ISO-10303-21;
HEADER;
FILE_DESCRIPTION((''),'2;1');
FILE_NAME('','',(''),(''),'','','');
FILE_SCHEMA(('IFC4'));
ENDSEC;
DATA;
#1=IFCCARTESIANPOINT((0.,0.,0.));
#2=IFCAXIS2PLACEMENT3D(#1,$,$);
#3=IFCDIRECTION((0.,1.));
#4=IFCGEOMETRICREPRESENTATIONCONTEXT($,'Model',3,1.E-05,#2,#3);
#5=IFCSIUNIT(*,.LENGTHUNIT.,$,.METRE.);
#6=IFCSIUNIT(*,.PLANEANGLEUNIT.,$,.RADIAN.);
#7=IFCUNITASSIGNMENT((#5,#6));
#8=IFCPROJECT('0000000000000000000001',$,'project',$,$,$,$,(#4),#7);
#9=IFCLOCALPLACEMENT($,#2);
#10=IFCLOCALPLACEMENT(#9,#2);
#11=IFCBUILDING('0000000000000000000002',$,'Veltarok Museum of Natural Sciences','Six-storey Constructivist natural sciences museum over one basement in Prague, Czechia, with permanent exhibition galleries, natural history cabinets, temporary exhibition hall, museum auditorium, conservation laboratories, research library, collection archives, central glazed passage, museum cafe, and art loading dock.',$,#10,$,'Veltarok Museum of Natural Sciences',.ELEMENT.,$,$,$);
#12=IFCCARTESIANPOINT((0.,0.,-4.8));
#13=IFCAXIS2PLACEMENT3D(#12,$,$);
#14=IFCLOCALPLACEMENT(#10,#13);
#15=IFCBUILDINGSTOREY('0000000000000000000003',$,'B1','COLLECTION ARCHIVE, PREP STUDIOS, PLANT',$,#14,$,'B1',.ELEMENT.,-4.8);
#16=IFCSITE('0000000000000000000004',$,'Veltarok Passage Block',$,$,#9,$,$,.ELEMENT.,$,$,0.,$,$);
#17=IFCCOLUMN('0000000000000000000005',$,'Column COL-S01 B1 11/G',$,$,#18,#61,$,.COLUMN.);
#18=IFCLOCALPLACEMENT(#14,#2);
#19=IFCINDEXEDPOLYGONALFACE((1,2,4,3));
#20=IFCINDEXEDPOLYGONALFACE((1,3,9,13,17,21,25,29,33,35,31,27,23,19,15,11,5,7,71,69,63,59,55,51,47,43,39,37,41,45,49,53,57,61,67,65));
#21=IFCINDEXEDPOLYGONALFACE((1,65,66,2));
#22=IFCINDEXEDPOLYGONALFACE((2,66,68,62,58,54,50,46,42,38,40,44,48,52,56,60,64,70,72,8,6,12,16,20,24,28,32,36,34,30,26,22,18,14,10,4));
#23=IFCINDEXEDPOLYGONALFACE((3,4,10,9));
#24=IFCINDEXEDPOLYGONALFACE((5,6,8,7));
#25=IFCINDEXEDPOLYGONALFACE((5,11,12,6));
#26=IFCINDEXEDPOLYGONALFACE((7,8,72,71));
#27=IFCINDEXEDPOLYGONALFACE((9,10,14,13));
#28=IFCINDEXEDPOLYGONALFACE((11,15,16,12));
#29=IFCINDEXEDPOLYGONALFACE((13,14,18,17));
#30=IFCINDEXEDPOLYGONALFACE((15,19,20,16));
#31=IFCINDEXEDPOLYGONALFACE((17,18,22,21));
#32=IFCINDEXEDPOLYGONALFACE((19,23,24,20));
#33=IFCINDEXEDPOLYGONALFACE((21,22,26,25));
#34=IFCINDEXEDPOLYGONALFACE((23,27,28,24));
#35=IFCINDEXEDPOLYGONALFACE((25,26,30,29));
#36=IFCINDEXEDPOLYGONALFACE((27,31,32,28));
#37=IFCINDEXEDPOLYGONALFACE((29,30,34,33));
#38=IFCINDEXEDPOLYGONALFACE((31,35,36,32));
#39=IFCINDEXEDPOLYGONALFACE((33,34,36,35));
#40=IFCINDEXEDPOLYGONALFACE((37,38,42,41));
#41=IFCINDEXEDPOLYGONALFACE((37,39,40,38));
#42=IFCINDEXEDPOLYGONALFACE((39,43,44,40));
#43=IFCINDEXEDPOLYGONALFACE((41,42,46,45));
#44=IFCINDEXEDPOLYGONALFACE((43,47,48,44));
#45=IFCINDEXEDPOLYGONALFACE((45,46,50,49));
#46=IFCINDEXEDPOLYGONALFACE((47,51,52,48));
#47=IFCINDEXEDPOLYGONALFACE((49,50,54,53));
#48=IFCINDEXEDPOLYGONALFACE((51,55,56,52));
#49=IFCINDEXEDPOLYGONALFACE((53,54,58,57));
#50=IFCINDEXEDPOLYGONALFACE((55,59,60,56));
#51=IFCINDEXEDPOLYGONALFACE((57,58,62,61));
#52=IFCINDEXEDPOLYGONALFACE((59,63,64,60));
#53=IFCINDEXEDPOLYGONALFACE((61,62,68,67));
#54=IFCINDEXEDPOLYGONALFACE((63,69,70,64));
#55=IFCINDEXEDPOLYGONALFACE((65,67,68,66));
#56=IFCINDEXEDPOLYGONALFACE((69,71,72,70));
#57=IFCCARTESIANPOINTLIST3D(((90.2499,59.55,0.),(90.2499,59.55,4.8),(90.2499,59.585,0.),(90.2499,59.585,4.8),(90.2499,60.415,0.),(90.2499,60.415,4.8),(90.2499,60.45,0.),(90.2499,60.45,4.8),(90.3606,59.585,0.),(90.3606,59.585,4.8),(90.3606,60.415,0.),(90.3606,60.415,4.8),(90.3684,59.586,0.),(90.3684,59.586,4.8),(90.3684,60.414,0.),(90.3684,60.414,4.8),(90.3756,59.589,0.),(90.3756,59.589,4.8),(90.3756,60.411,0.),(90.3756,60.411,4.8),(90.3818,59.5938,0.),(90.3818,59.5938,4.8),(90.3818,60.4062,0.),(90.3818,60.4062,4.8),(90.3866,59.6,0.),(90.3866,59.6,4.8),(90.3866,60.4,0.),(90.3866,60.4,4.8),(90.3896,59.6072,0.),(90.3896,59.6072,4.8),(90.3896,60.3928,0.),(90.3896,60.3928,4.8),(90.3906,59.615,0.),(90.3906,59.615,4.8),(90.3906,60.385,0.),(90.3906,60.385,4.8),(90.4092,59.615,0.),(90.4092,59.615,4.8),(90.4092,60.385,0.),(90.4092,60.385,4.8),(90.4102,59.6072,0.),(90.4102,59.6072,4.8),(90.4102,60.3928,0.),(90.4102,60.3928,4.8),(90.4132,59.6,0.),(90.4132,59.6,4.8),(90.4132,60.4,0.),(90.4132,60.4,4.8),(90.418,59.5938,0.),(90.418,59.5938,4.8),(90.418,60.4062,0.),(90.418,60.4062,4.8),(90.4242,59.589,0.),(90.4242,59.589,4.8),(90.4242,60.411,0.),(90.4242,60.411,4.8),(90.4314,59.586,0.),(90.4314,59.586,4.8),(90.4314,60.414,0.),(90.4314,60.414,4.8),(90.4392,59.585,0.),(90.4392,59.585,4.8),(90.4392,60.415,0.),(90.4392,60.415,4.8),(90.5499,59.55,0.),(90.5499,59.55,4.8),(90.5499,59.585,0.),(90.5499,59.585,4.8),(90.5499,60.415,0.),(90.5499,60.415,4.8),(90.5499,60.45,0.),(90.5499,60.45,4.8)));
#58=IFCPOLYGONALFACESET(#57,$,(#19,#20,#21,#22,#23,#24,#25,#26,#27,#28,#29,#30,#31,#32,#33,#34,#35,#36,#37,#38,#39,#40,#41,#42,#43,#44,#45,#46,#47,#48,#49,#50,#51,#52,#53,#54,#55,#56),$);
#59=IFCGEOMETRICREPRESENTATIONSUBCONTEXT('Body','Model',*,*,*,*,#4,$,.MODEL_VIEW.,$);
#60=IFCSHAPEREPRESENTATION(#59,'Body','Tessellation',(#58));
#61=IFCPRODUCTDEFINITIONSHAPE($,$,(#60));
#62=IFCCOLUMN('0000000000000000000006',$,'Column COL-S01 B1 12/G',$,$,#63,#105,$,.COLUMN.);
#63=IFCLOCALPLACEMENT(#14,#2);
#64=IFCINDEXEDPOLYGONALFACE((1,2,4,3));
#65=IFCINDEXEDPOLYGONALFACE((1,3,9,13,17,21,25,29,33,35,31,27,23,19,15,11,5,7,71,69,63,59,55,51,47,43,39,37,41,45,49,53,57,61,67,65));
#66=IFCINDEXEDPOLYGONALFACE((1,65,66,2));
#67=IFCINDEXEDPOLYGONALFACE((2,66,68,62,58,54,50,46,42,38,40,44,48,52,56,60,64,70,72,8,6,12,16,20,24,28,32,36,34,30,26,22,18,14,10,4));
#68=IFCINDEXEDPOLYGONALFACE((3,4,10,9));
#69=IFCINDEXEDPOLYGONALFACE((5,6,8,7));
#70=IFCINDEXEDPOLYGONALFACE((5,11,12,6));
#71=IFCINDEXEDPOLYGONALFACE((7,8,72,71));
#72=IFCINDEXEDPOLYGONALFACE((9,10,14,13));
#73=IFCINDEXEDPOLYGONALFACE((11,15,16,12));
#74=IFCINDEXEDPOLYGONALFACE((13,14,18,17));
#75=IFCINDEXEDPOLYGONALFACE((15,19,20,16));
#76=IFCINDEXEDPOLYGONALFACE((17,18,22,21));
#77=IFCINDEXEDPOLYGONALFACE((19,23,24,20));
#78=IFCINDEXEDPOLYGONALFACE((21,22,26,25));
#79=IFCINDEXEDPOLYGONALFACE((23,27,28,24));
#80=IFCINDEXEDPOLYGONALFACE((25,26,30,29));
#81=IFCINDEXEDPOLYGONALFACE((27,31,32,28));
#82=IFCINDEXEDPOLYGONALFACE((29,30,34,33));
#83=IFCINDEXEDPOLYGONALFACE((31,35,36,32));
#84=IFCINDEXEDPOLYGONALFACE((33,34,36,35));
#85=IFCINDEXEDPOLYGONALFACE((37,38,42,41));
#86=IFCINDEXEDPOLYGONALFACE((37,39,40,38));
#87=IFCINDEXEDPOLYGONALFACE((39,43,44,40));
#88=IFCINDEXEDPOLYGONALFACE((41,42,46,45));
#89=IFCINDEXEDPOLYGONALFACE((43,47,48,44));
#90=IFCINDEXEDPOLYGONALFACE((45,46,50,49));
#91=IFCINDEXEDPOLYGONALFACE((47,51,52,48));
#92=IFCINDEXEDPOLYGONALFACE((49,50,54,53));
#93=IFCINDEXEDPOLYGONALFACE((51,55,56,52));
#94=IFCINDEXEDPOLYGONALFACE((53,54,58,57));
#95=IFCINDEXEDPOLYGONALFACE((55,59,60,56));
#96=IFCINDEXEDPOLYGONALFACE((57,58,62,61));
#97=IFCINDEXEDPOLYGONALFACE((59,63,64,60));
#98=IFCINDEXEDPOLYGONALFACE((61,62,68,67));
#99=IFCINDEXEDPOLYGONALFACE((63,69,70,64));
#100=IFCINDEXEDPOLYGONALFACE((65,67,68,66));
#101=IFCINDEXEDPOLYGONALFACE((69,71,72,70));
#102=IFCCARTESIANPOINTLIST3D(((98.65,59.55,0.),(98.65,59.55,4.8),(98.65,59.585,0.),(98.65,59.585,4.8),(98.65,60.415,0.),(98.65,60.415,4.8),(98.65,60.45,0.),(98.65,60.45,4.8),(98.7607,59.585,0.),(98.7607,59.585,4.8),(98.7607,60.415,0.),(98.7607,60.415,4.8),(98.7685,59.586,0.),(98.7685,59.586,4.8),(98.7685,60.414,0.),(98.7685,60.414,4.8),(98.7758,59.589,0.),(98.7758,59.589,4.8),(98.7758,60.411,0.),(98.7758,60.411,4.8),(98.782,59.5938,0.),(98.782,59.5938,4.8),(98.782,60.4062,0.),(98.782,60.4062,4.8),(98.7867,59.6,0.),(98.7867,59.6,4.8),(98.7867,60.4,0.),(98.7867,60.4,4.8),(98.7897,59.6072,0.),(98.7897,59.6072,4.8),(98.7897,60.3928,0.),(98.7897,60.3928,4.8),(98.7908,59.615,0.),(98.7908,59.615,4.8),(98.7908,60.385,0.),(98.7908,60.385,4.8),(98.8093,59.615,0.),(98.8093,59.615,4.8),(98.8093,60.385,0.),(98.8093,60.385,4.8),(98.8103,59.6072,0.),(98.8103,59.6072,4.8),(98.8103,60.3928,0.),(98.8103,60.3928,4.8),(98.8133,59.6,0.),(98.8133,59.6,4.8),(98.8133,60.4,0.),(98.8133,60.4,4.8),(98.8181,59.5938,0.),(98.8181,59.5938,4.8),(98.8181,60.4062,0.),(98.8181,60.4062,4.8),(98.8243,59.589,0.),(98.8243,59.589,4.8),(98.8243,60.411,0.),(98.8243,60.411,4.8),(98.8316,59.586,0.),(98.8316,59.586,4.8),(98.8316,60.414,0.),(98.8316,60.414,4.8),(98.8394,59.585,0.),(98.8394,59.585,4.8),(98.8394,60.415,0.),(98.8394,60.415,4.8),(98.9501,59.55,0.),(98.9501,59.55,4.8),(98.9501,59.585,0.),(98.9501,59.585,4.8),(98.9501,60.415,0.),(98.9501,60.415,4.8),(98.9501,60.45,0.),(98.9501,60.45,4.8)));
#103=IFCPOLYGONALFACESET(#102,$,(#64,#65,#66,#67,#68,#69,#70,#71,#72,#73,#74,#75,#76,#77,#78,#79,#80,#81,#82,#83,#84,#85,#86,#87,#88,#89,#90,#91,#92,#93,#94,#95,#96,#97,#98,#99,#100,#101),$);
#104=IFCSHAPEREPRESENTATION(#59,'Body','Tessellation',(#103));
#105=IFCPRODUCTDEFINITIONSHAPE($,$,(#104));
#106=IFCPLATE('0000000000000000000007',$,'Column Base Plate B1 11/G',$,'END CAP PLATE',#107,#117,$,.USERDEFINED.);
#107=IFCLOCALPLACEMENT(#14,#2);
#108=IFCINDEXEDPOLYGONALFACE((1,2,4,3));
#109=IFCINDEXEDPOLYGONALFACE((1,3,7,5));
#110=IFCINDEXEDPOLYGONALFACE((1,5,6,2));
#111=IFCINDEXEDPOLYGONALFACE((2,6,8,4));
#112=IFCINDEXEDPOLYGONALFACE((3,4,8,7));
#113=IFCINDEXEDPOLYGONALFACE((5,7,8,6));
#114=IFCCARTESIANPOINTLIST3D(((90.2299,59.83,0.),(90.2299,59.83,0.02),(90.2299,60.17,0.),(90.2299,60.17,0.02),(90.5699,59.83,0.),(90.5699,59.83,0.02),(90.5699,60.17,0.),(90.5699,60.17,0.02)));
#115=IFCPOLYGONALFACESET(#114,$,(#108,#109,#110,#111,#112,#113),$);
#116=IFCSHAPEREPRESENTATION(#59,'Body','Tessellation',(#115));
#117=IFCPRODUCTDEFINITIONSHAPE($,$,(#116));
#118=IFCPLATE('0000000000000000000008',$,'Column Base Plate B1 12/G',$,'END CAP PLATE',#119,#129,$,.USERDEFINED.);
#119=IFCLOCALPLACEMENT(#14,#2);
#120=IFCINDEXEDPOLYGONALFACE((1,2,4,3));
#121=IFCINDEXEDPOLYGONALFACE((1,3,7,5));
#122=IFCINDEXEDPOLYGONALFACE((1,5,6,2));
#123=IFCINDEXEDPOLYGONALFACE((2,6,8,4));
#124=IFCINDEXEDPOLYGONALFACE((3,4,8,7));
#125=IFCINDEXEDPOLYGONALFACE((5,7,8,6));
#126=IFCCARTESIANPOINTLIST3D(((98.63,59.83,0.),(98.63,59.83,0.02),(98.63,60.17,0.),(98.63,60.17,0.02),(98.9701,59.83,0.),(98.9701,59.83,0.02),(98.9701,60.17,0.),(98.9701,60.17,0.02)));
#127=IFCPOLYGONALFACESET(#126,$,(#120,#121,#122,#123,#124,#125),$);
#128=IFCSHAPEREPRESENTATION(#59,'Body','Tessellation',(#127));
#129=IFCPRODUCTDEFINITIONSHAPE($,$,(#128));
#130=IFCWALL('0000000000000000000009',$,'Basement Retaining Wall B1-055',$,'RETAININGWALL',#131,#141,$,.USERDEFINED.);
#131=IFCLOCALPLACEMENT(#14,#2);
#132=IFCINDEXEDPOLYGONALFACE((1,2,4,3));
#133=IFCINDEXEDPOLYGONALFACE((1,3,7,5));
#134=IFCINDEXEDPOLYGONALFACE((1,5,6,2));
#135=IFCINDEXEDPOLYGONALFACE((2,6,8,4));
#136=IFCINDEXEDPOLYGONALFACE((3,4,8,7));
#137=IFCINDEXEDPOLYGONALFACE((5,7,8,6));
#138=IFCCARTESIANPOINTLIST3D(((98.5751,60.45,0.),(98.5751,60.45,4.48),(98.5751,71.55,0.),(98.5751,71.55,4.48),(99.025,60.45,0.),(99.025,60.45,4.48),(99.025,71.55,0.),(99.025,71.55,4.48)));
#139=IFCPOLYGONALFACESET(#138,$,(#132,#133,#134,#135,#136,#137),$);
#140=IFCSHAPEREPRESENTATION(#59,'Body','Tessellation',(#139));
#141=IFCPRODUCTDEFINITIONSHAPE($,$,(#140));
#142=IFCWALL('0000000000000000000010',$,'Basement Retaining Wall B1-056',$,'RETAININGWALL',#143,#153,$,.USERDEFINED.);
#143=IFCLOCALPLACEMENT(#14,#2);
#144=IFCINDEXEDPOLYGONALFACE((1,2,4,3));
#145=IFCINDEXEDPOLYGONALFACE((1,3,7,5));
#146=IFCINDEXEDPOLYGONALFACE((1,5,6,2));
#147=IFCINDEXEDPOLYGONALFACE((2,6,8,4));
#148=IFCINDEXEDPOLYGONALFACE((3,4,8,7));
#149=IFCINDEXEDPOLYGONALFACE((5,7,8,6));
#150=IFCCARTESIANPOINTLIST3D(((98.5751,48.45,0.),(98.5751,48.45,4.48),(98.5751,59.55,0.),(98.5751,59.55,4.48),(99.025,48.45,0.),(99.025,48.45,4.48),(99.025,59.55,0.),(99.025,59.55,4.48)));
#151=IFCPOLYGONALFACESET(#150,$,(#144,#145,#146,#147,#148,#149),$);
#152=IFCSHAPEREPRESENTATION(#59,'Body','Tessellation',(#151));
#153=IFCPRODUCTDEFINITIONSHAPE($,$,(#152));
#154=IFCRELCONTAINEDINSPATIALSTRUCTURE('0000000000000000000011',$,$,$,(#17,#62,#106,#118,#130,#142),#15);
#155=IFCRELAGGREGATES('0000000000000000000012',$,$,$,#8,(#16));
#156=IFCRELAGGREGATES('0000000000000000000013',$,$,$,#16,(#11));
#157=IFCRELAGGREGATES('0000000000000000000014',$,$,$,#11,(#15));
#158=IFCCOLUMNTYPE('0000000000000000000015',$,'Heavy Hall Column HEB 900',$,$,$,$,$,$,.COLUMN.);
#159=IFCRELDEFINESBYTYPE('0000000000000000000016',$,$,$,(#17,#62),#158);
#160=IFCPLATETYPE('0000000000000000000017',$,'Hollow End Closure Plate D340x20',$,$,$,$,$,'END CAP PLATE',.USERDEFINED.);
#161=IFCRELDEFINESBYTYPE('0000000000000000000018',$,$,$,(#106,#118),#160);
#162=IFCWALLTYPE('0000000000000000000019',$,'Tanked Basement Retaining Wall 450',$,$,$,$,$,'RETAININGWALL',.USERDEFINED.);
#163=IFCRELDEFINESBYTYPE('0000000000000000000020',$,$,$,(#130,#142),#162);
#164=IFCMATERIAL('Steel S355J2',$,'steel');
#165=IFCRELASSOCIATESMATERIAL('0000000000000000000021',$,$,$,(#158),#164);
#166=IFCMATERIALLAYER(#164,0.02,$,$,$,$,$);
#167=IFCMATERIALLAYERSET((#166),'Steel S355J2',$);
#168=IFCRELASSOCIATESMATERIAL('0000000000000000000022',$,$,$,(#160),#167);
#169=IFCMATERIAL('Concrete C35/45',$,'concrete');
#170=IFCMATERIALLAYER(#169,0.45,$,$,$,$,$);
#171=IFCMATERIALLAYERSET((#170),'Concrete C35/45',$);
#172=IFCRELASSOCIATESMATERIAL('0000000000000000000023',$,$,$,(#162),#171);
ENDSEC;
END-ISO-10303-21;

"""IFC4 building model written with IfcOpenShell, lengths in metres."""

from ifc_helpers import new_model, si_unit, direction, frame, frame_2d, origin, origin_2d, place, context, subcontext, project, spatial, rectangle, i_section, extrude, material, layer, layer_set, material_profile, profile_set, type_object, element, save


model = new_model("IFC4")

# Units and contexts
model_context = context("Model", 3, precision=1e-05, world=origin(), true_north=direction((0.0, 1.0)))
body_context = subcontext(model_context, "Body", "Model", "MODEL_VIEW")
ifc_project = project(units=[si_unit("LENGTHUNIT", "METRE"), si_unit("PLANEANGLEUNIT", "RADIAN")], contexts=[model_context])

# Site, building, storey
site_placement = place(None, origin())
site = spatial("IfcSite", under=ifc_project, at=site_placement, Name="Veltarok Passage Block", CompositionType="ELEMENT", RefElevation=0.0)
building_placement = place(site_placement, origin())
building = spatial("IfcBuilding", under=site, at=building_placement, Name="Veltarok Museum of Natural Sciences", Description="Six-storey Constructivist natural sciences museum over one basement in Prague, Czechia, with permanent exhibition galleries, natural history cabinets, temporary exhibition hall, museum auditorium, conservation laboratories, research library, collection archives, central glazed passage, museum cafe, and art loading dock.", LongName="Veltarok Museum of Natural Sciences", CompositionType="ELEMENT")
storey_placement = place(building_placement, frame((0.0, 0.0, -4.8)))
storey = spatial("IfcBuildingStorey", under=building, at=storey_placement, Name="B1", Description="COLLECTION ARCHIVE, PREP STUDIOS, PLANT", LongName="B1", CompositionType="ELEMENT", Elevation=-4.8)

# Shared definitions
ifc_material_1 = material(Name="Concrete C35/45", Category="concrete")

# Columns
ifc_material_2 = material(Name="Steel S355J2", Category="steel")
ifc_material_profile_1 = material_profile(ifc_material_2, i_section(OverallWidth=0.3, OverallDepth=0.8999, WebThickness=0.0186, FlangeThickness=0.0349, FilletRadius=0.03, at=origin_2d()), Name="HEB 900")
ifc_profile_set_1 = profile_set([ifc_material_profile_1], Name="Steel S355J2")
column_type = type_object("IfcColumnType", Name="Heavy Hall Column HEB 900", PredefinedType="COLUMN", material=ifc_profile_set_1)
for number, where, z_axis, x_axis, name in (
    (1, (90.3999, 60.0, 0.0), (0.0, 0.0, 1.0), (1.0, 0.0, 0.0), "Column COL-S01 B1 11/G"),
    (2, (98.8, 60.0, 0.0), (0.0, 0.0, 1.0), (1.0, 0.0, 0.0), "Column COL-S01 B1 12/G"),
):
    element("IfcColumn", number, at=place(storey_placement, frame(where, z_axis=z_axis, x_axis=x_axis)), inside=storey, type_object=column_type, Name=name, PredefinedType="COLUMN", context=body_context, shape_type="SweptSolid", body=[
        extrude(i_section(OverallWidth=0.3, OverallDepth=0.8999, WebThickness=0.0186, FlangeThickness=0.0349, FilletRadius=0.03, at=origin_2d()), origin(), (0.0, 0.0, 1.0), 4.8),
    ])

# Plates
ifc_layer_1 = layer(ifc_material_2, 0.02)
ifc_layer_set_1 = layer_set([ifc_layer_1], Name="Steel S355J2")
plate_type = type_object("IfcPlateType", Name="Hollow End Closure Plate D340x20", ElementType="END CAP PLATE", PredefinedType="USERDEFINED", material=ifc_layer_set_1)
for number, where, z_axis, x_axis, name in (
    (3, (90.3999, 60.0, 0.0), (0.0, 0.0, 1.0), (1.0, 0.0, 0.0), "Column Base Plate B1 11/G"),
    (4, (98.8, 60.0, 0.0), (0.0, 0.0, 1.0), (1.0, 0.0, 0.0), "Column Base Plate B1 12/G"),
):
    element("IfcPlate", number, at=place(storey_placement, frame(where, z_axis=z_axis, x_axis=x_axis)), inside=storey, type_object=plate_type, Name=name, ObjectType="END CAP PLATE", PredefinedType="USERDEFINED", context=body_context, shape_type="SweptSolid", body=[
        extrude(rectangle(XDim=0.3401, YDim=0.3401, at=origin_2d()), origin(), (0.0, 0.0, 1.0), 0.02),
    ])

# Walls
ifc_layer_2 = layer(ifc_material_1, 0.45)
ifc_layer_set_2 = layer_set([ifc_layer_2], Name="Concrete C35/45")
wall_type = type_object("IfcWallType", Name="Tanked Basement Retaining Wall 450", ElementType="RETAININGWALL", PredefinedType="USERDEFINED", material=ifc_layer_set_2)
for number, where, z_axis, x_axis, name in (
    (5, (98.8, 71.55, 0.0), (0.0, 0.0, 1.0), (0.0, -1.0, 0.0), "Basement Retaining Wall B1-055"),
    (6, (98.8, 59.55, 0.0), (0.0, 0.0, 1.0), (0.0, -1.0, 0.0), "Basement Retaining Wall B1-056"),
):
    element("IfcWall", number, at=place(storey_placement, frame(where, z_axis=z_axis, x_axis=x_axis)), inside=storey, type_object=wall_type, Name=name, ObjectType="RETAININGWALL", PredefinedType="USERDEFINED", context=body_context, shape_type="SweptSolid", body=[
        extrude(rectangle(XDim=11.1001, YDim=0.45, at=frame_2d((5.55, 0.0))), origin(), (0.0, 0.0, 1.0), 4.48),
    ])

save(model, "model.ifc")
